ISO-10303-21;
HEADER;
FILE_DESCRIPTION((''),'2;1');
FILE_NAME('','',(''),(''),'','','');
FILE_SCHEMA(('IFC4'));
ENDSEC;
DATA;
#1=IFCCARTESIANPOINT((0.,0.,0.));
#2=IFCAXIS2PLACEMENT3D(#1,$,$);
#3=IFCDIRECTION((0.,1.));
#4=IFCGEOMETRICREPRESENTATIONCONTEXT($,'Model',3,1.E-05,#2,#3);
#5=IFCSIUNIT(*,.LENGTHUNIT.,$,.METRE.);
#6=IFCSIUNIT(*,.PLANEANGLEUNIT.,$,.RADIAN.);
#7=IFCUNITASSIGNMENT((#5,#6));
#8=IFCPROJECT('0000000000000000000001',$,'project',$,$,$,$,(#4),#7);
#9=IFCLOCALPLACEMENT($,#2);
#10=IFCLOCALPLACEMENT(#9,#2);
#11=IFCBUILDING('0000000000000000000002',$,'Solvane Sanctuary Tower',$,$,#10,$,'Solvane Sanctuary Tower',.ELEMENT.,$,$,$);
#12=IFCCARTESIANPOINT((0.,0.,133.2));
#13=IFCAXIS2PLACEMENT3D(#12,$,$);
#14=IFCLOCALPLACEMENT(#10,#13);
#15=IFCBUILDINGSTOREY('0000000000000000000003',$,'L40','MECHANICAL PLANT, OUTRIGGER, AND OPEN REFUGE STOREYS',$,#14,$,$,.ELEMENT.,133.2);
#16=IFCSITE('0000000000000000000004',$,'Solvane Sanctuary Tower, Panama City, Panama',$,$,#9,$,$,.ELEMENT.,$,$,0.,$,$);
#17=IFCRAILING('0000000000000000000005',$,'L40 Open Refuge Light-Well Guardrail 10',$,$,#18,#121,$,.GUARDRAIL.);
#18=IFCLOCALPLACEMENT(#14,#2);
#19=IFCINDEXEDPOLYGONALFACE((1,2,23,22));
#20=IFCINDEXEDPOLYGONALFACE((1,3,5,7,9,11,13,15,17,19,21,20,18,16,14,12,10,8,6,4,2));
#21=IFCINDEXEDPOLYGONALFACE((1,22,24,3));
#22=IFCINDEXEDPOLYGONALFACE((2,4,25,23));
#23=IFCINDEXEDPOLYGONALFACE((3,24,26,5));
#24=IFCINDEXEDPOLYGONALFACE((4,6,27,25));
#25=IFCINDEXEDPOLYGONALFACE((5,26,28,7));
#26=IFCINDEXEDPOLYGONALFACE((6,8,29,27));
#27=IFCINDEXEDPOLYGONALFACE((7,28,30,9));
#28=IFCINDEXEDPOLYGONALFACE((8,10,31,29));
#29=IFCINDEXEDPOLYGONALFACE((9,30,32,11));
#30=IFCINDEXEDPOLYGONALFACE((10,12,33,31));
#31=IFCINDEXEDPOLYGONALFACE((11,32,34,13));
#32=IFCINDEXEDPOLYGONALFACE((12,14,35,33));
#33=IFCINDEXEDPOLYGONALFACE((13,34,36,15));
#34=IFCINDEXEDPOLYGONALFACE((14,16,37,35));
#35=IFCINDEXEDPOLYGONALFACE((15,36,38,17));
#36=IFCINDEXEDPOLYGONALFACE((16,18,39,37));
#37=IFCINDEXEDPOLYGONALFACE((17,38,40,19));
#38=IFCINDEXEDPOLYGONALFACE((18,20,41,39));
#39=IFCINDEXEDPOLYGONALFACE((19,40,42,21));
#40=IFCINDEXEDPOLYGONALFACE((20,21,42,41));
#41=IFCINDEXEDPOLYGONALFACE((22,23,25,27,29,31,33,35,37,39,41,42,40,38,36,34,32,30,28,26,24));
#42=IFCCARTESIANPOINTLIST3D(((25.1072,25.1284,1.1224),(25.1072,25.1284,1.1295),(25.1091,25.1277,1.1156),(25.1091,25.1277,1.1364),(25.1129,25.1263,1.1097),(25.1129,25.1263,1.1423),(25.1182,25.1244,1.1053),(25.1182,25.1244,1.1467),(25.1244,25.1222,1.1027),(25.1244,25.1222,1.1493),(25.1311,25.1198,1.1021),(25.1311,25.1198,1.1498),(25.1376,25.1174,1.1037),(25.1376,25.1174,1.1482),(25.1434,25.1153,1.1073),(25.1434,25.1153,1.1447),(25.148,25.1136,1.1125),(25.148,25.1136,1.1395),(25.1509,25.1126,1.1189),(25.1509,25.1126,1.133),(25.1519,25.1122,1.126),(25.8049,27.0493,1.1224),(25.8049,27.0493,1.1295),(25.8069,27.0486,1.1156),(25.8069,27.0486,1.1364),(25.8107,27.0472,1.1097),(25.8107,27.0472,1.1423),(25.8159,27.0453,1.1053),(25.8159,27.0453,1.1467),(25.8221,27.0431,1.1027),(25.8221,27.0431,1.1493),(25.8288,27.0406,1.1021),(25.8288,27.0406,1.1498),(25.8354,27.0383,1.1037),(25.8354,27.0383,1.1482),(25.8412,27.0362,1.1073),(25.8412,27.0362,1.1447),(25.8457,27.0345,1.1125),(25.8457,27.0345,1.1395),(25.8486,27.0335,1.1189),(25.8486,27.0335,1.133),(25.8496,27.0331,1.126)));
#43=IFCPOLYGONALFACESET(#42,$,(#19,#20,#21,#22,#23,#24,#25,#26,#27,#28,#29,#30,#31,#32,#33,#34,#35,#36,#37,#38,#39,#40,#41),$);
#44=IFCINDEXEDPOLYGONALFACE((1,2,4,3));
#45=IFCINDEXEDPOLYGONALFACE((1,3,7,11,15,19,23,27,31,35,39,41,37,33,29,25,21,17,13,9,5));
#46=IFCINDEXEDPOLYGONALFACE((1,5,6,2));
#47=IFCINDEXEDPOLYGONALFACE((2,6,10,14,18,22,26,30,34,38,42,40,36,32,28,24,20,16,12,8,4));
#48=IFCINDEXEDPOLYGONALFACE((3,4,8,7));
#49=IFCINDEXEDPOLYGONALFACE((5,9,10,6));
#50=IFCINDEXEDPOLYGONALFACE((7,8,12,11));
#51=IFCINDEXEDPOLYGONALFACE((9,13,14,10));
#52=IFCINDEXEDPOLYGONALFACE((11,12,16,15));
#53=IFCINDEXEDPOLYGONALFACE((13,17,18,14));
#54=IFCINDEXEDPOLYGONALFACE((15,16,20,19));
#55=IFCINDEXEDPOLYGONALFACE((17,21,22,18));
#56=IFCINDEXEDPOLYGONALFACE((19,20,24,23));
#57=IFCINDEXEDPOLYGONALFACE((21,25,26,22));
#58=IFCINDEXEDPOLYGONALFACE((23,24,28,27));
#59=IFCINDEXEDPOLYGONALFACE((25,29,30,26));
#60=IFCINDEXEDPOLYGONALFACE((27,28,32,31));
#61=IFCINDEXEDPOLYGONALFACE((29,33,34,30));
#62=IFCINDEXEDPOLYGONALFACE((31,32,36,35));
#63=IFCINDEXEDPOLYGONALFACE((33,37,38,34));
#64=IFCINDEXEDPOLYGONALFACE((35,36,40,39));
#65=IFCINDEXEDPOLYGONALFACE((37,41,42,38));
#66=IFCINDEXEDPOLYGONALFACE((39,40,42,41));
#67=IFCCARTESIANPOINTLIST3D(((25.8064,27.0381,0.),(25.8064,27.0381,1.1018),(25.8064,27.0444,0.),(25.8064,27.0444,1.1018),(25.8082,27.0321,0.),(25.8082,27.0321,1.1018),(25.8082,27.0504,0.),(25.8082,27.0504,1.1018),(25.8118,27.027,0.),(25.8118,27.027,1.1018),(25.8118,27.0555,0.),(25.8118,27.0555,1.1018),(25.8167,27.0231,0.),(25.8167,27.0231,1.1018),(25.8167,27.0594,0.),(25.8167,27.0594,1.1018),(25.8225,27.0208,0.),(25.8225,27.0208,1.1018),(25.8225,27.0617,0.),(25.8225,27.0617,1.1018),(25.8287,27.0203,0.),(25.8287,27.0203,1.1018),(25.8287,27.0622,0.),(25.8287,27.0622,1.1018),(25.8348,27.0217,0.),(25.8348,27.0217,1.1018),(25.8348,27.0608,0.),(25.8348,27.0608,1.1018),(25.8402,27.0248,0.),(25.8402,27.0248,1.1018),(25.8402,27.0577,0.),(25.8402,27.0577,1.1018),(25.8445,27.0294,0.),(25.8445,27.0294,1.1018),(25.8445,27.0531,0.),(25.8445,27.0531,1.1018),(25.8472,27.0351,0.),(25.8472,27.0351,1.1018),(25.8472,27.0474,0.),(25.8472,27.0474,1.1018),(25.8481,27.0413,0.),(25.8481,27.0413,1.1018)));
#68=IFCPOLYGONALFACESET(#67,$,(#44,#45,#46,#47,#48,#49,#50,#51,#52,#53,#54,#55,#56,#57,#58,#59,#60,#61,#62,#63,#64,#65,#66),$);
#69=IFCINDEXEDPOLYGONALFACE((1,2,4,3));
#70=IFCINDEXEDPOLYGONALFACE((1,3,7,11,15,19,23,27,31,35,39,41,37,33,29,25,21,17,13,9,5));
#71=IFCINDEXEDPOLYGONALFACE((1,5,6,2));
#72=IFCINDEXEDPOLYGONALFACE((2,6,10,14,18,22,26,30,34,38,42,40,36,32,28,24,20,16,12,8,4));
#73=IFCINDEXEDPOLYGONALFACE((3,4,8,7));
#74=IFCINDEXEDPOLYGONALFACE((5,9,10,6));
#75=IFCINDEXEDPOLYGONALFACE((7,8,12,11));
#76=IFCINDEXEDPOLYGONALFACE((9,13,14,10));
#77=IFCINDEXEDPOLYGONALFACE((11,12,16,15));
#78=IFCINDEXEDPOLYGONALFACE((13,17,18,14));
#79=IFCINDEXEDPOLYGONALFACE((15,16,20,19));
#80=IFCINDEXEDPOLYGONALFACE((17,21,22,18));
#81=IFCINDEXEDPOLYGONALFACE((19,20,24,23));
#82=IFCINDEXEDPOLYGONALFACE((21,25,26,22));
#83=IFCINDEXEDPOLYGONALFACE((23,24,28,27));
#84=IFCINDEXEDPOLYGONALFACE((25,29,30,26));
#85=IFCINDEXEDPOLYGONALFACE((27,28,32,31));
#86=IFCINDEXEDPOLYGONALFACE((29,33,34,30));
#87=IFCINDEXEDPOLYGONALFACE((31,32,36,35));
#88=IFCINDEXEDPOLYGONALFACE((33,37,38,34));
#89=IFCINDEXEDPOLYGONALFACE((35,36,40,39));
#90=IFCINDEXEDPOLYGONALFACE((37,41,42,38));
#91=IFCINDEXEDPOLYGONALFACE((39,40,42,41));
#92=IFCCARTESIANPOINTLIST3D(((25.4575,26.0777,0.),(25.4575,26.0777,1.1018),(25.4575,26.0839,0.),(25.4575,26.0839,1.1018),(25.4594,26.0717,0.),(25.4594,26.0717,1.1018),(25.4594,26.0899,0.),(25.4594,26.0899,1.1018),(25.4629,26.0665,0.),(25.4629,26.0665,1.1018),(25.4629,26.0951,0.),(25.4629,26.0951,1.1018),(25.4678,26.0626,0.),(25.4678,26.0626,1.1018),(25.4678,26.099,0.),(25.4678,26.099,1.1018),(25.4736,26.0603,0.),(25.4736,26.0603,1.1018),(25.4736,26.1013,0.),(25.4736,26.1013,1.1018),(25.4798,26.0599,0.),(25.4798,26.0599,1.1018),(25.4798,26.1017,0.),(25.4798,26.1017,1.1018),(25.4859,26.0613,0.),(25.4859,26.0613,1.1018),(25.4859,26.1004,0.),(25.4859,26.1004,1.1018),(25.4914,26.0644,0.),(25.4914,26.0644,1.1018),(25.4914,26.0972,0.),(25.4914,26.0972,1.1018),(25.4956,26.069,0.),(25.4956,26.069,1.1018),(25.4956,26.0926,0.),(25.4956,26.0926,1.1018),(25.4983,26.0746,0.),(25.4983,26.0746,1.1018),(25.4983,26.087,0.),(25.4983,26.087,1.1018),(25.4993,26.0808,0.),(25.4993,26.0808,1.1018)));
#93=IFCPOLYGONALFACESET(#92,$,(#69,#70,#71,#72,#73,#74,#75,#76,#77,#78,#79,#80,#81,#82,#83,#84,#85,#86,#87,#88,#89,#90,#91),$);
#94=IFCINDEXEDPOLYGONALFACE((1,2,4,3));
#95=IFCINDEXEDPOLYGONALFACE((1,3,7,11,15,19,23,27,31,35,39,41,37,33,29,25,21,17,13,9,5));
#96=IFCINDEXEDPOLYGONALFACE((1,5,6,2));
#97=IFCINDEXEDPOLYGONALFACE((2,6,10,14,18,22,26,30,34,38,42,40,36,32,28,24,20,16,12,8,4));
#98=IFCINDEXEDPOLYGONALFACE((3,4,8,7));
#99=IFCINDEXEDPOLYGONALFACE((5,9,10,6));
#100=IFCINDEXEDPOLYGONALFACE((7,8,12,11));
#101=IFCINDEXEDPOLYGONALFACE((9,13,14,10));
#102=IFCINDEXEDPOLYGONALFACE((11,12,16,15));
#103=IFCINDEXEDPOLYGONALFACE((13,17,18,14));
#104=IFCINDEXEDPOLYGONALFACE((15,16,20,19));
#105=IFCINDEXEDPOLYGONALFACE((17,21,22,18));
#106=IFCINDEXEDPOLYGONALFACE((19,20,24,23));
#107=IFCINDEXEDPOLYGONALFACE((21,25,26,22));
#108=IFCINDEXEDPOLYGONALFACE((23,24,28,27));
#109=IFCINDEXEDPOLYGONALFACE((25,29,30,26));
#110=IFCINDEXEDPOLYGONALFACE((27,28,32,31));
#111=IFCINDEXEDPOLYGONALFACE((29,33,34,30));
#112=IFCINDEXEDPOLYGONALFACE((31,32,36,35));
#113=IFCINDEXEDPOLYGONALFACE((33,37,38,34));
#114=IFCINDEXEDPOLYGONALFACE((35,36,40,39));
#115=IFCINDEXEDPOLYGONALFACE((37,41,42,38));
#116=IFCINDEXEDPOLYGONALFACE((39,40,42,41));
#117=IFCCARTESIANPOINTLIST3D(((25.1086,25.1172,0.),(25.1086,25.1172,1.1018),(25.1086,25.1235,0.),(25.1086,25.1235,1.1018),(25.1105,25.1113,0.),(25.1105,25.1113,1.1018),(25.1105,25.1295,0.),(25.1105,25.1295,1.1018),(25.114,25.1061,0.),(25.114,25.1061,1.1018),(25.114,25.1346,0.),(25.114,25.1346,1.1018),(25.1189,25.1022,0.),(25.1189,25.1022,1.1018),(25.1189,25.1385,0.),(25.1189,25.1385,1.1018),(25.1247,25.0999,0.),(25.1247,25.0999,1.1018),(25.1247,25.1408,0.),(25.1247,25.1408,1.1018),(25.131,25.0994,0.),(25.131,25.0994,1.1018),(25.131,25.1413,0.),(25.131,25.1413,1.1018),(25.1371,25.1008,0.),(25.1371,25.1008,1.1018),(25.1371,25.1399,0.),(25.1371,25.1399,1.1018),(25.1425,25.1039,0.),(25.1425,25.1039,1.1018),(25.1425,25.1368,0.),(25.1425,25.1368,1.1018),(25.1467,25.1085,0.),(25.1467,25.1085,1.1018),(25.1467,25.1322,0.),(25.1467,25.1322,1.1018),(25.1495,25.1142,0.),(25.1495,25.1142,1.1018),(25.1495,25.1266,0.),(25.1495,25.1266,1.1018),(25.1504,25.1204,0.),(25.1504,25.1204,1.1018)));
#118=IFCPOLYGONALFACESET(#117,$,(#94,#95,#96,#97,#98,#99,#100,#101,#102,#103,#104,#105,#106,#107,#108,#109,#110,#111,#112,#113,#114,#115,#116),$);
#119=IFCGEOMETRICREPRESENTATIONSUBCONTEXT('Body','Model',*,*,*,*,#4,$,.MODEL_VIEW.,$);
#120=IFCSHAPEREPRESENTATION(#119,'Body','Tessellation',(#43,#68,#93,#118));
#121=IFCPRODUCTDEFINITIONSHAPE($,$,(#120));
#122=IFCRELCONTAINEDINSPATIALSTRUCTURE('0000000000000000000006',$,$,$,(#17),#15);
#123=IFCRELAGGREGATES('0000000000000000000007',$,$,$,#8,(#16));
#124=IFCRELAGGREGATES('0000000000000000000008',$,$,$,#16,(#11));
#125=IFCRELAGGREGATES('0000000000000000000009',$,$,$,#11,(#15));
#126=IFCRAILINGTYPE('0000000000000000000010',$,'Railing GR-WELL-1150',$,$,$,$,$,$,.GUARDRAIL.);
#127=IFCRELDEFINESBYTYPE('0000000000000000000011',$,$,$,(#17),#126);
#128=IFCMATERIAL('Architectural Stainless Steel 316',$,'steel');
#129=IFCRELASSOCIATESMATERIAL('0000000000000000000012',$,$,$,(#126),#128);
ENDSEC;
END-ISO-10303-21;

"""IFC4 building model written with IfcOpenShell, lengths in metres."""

from ifc_helpers import new_model, si_unit, direction, frame, origin, origin_2d, place, context, subcontext, project, spatial, circle, extrude, material, type_object, element, save


model = new_model("IFC4")

# Units and contexts
model_context = context("Model", 3, precision=1e-05, world=origin(), true_north=direction((0.0, 1.0)))
body_context = subcontext(model_context, "Body", "Model", "MODEL_VIEW")
ifc_project = project(units=[si_unit("LENGTHUNIT", "METRE"), si_unit("PLANEANGLEUNIT", "RADIAN")], contexts=[model_context])

# Site, building, storey
site_placement = place(None, origin())
site = spatial("IfcSite", under=ifc_project, at=site_placement, Name="Solvane Sanctuary Tower, Panama City, Panama", CompositionType="ELEMENT", RefElevation=0.0)
building_placement = place(site_placement, origin())
building = spatial("IfcBuilding", under=site, at=building_placement, Name="Solvane Sanctuary Tower", LongName="Solvane Sanctuary Tower", CompositionType="ELEMENT")
storey_placement = place(building_placement, frame((0.0, 0.0, 133.2)))
storey = spatial("IfcBuildingStorey", under=building, at=storey_placement, Name="L40", Description="MECHANICAL PLANT, OUTRIGGER, AND OPEN REFUGE STOREYS", CompositionType="ELEMENT", Elevation=133.2)

# Shared definitions
ifc_material_1 = material(Name="Architectural Stainless Steel 316", Category="steel")

# Railing
railing_type_1 = type_object("IfcRailingType", Name="Railing GR-WELL-1150", PredefinedType="GUARDRAIL", material=ifc_material_1)
railing_1_placement = place(storey_placement, frame((25.8271, 27.0413, 0.0)))
element("IfcRailing", 1, at=railing_1_placement, inside=storey, type_object=railing_type_1, Name="L40 Open Refuge Light-Well Guardrail 10", PredefinedType="GUARDRAIL", context=body_context, shape_type="SweptSolid", body=[
    extrude(circle(Radius=0.0239, at=origin_2d()), frame((0.0, 0.0, 1.126), z_axis=(-0.341417, -0.939912, 0.0), x_axis=(0.939912, -0.341417, 0.0)), (0.0, 0.0, 1.0), 2.0437),
    extrude(circle(Radius=0.021, at=origin_2d()), origin(), (0.0, 0.0, 1.0), 1.1018),
    extrude(circle(Radius=0.021, at=origin_2d()), frame((-0.3489, -0.9604, 0.0)), (0.0, 0.0, 1.0), 1.1018),
    extrude(circle(Radius=0.021, at=origin_2d()), frame((-0.6978, -1.9209, 0.0)), (0.0, 0.0, 1.0), 1.1018),
])

save(model, "model.ifc")
